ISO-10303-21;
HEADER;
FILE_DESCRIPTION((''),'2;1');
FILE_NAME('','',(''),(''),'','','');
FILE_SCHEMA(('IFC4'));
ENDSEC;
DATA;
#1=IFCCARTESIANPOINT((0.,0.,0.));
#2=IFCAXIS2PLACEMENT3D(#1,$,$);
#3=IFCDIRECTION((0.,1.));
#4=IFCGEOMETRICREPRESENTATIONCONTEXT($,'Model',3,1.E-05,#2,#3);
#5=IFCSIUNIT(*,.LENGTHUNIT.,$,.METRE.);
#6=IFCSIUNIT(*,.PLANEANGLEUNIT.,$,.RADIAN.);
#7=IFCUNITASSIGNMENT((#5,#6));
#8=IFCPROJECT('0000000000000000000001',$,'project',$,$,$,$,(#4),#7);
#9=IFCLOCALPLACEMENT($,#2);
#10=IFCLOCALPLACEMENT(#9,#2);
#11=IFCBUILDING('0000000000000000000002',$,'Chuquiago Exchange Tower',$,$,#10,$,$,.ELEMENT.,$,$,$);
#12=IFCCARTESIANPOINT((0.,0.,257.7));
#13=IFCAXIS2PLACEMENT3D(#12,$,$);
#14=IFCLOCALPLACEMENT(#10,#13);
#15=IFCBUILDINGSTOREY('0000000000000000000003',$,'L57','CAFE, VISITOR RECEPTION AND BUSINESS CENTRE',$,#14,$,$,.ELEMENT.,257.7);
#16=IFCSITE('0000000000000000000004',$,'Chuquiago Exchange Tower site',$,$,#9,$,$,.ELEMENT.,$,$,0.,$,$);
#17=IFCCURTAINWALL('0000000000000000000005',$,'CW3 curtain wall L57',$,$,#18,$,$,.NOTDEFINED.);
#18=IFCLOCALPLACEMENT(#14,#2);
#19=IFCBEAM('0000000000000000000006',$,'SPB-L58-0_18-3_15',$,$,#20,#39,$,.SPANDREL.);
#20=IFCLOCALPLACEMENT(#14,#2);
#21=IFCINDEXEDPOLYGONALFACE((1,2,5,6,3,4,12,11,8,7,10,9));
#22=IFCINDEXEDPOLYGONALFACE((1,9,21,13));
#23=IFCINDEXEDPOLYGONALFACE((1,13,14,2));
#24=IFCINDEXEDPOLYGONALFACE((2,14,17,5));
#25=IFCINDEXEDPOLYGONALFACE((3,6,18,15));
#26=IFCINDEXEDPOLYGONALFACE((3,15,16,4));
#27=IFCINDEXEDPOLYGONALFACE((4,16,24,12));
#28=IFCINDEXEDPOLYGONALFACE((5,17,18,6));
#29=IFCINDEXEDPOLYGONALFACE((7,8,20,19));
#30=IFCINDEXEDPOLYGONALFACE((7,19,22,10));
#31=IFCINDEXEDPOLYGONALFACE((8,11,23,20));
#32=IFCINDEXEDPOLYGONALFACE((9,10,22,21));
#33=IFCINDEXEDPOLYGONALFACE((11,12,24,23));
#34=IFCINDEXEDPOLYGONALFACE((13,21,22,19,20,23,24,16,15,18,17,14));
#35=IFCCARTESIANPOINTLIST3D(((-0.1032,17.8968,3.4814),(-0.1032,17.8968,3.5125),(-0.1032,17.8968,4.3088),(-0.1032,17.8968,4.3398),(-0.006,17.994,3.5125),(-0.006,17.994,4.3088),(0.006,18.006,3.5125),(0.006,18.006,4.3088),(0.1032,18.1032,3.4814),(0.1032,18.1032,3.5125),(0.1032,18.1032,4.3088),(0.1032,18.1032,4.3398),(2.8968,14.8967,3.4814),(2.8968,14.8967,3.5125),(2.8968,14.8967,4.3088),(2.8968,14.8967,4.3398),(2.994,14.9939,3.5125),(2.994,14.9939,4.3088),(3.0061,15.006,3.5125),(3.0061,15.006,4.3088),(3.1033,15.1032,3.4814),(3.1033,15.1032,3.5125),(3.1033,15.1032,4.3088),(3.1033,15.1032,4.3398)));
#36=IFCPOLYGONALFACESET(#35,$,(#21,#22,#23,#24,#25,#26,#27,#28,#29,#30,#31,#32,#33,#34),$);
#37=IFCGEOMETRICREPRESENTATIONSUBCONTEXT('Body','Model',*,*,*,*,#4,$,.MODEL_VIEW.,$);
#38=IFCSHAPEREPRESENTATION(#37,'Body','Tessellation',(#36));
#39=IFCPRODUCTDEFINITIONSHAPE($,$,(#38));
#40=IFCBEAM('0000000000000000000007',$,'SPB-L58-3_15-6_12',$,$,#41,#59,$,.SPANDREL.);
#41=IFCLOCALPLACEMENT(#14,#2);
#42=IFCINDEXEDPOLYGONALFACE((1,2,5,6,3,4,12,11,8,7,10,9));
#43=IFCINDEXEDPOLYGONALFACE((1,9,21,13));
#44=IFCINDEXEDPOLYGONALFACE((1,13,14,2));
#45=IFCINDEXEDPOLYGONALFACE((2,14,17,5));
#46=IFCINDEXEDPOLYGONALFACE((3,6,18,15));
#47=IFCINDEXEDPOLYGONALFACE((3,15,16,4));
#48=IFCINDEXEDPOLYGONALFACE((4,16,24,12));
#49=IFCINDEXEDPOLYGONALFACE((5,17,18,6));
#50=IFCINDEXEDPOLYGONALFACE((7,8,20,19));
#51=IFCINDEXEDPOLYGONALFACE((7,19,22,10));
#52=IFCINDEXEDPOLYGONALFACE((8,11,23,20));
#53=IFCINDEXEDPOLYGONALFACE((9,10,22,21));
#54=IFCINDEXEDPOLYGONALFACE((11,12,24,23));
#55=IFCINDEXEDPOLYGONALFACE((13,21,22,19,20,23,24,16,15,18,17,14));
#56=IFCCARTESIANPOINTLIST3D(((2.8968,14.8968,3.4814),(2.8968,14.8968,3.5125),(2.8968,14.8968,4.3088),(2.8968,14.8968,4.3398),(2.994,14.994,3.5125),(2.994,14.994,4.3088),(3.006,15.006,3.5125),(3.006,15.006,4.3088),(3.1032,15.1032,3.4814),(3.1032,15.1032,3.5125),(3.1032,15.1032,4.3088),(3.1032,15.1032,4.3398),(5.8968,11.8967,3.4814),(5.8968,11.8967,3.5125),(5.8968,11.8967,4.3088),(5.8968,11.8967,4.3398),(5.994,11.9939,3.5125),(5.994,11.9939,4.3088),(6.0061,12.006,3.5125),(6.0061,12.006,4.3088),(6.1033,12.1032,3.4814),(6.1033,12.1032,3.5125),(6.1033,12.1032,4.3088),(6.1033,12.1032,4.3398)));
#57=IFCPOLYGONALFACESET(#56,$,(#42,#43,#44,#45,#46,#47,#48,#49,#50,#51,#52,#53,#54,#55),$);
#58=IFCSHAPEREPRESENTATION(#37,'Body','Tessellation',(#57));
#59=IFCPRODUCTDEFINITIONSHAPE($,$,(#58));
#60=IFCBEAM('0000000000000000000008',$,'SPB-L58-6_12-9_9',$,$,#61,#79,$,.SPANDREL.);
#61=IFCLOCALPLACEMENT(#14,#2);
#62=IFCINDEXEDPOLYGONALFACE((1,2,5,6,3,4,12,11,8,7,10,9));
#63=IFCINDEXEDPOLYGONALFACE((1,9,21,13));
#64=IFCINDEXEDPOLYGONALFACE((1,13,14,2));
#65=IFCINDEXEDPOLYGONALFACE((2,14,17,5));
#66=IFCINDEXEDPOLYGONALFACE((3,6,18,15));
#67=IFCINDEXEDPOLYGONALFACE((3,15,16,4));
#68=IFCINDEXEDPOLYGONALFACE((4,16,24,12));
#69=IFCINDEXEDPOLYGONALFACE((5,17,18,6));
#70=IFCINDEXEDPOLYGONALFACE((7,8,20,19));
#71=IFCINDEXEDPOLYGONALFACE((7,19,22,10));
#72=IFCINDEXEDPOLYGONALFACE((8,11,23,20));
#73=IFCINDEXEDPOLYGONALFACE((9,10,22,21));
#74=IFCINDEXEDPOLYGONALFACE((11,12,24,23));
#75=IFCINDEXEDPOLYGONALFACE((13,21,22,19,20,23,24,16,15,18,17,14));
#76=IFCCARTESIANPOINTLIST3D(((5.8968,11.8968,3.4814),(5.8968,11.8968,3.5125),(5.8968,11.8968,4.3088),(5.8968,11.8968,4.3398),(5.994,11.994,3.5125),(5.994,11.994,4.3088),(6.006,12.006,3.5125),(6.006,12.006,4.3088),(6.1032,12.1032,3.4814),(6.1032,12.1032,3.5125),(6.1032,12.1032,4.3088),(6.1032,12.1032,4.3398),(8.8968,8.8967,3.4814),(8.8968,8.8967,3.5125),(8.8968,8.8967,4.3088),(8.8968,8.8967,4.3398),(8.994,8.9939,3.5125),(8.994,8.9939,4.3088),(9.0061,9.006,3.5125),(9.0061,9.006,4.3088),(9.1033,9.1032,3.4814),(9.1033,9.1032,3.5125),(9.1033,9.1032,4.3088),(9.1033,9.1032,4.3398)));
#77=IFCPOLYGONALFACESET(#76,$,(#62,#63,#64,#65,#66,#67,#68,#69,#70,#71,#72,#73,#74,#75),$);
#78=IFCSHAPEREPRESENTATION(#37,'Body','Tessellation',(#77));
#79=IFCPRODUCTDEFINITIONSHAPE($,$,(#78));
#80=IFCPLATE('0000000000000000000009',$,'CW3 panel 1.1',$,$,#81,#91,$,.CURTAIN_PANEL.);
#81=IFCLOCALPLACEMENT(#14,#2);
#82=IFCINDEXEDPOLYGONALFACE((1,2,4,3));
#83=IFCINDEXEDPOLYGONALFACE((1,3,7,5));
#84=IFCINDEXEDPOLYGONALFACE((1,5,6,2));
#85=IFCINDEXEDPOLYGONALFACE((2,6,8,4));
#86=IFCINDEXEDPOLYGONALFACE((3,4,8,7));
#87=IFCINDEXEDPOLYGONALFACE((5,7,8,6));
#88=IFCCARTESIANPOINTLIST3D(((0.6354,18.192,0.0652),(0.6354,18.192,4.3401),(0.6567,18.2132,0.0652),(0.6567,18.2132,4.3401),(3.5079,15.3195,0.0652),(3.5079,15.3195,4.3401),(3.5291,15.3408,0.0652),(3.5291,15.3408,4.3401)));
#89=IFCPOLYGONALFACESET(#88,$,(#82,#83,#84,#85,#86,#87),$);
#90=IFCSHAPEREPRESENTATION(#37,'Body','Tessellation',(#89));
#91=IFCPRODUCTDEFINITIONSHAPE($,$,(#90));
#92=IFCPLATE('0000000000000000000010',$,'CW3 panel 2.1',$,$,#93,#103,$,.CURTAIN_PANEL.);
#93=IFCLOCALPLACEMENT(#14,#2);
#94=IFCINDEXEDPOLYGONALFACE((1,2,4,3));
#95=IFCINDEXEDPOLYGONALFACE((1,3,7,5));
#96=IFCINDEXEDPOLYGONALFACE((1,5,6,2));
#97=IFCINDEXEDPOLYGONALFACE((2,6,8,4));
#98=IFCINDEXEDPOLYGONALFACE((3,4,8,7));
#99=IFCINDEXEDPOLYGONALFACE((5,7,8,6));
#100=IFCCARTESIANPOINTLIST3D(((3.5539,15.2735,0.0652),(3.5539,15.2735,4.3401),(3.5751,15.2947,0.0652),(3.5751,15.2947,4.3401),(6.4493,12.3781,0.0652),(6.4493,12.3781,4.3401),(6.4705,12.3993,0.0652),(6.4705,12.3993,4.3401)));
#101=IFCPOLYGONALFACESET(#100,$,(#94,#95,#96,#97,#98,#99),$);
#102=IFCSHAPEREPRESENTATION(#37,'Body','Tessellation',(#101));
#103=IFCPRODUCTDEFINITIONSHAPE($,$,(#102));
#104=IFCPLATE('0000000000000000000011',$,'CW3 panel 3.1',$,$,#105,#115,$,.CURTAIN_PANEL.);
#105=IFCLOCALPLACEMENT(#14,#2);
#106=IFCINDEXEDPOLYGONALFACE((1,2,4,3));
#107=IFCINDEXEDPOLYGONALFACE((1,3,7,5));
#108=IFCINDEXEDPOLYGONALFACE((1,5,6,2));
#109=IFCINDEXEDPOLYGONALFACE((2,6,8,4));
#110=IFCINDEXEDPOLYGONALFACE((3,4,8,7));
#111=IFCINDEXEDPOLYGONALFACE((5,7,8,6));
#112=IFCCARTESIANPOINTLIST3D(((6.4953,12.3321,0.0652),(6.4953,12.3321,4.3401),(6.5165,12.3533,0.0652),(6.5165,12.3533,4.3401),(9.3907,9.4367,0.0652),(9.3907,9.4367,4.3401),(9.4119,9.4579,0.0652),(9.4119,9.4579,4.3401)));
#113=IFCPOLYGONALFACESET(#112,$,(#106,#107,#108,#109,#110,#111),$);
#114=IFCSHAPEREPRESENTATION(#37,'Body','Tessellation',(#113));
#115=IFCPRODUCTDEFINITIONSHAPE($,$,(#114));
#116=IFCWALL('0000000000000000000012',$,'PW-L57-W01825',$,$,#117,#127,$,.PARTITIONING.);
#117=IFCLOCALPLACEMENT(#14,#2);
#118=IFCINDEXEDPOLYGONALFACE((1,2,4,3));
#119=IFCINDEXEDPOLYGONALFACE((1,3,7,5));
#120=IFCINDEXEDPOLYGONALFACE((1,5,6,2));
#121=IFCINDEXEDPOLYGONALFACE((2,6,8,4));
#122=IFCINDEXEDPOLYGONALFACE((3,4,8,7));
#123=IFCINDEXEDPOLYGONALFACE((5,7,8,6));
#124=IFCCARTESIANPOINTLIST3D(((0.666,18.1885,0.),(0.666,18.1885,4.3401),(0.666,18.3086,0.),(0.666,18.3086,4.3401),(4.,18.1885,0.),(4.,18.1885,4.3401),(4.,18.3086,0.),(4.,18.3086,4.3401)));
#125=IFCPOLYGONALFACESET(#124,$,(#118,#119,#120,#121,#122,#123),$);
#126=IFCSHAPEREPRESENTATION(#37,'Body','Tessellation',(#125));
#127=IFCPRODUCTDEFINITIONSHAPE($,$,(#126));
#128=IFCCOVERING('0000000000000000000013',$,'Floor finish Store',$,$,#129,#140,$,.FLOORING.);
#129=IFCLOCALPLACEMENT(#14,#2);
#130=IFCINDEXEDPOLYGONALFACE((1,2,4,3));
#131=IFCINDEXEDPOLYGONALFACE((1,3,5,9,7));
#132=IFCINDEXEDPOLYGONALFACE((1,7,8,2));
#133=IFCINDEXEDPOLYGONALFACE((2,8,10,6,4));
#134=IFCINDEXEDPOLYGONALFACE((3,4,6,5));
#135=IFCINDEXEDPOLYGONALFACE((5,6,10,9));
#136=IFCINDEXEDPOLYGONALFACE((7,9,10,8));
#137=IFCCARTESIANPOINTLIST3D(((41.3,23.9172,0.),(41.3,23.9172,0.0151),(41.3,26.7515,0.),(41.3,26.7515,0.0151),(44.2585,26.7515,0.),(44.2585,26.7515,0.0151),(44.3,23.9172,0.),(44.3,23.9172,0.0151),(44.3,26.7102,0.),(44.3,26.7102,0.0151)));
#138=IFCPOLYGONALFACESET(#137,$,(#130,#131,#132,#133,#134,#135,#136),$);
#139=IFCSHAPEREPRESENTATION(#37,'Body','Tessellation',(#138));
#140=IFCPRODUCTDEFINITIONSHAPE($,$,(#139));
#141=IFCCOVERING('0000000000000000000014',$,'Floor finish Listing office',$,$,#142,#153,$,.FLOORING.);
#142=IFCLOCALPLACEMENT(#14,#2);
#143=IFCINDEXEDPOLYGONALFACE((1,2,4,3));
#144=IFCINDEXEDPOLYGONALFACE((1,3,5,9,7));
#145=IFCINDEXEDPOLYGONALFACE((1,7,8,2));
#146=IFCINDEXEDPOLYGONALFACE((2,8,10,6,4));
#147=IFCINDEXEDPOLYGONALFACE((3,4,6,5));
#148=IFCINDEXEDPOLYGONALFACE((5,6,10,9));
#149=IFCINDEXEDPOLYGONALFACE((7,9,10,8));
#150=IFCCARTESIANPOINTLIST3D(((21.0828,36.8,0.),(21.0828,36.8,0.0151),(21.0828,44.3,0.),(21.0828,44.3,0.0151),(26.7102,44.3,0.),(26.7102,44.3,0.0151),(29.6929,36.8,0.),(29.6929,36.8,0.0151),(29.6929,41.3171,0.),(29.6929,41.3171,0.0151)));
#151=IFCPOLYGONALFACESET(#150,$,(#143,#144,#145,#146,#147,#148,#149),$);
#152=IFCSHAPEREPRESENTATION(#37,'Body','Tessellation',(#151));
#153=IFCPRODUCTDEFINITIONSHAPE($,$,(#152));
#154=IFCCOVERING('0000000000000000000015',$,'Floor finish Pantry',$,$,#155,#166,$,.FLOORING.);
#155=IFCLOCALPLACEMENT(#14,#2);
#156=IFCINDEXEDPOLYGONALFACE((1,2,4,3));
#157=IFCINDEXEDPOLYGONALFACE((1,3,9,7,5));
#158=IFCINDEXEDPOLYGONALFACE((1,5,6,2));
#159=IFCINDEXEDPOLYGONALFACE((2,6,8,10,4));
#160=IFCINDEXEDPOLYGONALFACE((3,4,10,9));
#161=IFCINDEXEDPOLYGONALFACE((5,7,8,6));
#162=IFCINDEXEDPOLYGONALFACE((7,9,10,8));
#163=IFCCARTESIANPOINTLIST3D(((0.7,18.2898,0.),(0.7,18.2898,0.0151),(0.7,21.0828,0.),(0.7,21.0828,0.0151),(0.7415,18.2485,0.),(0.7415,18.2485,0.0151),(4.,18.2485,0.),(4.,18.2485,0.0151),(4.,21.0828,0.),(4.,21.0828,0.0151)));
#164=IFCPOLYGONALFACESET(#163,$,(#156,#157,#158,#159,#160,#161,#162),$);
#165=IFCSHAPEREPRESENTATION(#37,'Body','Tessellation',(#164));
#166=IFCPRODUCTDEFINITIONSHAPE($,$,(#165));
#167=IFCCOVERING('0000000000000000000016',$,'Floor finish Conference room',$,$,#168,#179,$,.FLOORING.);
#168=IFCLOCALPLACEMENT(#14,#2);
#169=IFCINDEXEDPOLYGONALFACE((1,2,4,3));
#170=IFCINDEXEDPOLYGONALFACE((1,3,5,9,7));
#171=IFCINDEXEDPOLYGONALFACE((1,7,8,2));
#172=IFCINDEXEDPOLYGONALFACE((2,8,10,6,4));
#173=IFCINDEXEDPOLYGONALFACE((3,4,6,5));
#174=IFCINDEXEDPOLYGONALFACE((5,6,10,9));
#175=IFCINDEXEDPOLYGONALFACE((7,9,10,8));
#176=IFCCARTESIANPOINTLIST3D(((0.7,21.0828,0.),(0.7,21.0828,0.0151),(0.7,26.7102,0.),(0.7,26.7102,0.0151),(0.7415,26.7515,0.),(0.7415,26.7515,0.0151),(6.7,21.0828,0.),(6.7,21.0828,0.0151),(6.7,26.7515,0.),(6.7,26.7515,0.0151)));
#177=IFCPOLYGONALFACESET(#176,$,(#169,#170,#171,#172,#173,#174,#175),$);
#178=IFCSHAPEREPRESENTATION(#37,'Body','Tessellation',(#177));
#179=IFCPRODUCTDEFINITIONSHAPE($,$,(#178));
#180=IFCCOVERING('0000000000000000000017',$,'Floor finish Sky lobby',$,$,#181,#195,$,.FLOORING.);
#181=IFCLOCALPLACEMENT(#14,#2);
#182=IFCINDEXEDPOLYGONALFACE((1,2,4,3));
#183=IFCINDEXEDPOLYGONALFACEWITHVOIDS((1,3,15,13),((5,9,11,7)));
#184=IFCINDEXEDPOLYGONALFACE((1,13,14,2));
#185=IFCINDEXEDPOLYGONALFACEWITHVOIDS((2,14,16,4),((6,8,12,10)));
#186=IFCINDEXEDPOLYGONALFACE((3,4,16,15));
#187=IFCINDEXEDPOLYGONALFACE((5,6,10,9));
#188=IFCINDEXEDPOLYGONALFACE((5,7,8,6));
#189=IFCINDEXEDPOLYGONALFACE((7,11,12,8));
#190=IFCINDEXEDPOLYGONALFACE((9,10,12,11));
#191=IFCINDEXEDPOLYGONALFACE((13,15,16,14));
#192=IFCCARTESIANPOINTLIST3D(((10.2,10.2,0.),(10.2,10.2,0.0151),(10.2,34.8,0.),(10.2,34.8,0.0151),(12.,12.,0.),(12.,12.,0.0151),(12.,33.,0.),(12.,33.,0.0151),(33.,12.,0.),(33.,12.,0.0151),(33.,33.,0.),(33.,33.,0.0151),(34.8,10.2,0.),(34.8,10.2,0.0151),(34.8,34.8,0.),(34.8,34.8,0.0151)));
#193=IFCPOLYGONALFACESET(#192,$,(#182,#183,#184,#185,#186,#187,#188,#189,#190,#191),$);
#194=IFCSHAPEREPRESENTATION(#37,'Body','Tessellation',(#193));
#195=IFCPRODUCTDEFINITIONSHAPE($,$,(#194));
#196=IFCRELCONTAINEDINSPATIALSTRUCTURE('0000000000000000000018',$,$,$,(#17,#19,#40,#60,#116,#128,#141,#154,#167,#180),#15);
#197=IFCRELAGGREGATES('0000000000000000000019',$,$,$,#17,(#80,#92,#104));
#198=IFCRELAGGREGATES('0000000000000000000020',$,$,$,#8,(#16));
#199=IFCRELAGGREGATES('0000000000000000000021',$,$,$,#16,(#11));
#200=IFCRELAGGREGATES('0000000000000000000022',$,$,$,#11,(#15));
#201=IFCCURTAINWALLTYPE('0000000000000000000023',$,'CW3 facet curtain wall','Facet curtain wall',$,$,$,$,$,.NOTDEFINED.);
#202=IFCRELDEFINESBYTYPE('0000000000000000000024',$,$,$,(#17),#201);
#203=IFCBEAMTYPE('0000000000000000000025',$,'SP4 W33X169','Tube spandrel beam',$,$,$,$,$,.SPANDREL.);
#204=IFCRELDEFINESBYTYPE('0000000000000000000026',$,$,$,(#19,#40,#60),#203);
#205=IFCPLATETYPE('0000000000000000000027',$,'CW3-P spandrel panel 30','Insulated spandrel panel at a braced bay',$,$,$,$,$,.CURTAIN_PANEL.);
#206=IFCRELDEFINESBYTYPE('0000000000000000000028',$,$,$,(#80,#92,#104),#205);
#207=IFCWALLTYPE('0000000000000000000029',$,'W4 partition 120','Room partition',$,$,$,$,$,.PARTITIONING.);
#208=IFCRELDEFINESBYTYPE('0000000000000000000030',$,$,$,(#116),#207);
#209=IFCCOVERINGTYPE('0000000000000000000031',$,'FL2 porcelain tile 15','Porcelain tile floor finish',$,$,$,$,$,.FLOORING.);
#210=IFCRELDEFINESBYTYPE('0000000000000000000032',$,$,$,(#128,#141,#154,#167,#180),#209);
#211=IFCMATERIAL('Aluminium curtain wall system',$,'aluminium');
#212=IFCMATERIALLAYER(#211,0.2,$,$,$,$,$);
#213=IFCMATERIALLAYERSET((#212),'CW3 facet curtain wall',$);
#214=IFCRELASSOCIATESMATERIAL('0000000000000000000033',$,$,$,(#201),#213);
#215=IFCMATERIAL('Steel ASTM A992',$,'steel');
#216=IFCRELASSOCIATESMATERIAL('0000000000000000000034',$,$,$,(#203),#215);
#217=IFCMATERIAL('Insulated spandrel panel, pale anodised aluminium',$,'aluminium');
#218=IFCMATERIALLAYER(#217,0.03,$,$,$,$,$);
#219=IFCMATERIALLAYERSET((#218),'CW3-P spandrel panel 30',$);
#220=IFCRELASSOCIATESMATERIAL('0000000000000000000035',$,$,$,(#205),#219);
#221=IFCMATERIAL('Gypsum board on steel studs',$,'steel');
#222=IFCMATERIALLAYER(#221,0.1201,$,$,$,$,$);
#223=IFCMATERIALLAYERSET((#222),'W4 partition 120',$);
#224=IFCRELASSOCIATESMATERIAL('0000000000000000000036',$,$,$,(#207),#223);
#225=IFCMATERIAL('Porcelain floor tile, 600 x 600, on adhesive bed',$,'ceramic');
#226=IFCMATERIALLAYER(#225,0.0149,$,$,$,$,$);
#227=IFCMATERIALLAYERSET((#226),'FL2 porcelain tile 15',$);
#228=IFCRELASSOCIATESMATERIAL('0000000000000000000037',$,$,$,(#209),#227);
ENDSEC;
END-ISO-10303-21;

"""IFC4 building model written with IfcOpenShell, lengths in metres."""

from ifc_helpers import new_model, si_unit, direction, frame, frame_2d, origin, origin_2d, place, context, subcontext, project, spatial, polyline, rectangle, i_section, outline, extrude, material, layer, layer_set, material_profile, profile_set, type_object, element, aggregate, save


model = new_model("IFC4")

# Units and contexts
model_context = context("Model", 3, precision=1e-05, world=origin(), true_north=direction((0.0, 1.0)))
body_context = subcontext(model_context, "Body", "Model", "MODEL_VIEW")
ifc_project = project(units=[si_unit("LENGTHUNIT", "METRE"), si_unit("PLANEANGLEUNIT", "RADIAN")], contexts=[model_context])

# Site, building, storey
site_placement = place(None, origin())
site = spatial("IfcSite", under=ifc_project, at=site_placement, Name="Chuquiago Exchange Tower site", CompositionType="ELEMENT", RefElevation=0.0)
building_placement = place(site_placement, origin())
building = spatial("IfcBuilding", under=site, at=building_placement, Name="Chuquiago Exchange Tower", CompositionType="ELEMENT")
storey_placement = place(building_placement, frame((0.0, 0.0, 257.7)))
storey = spatial("IfcBuildingStorey", under=building, at=storey_placement, Name="L57", Description="CAFE, VISITOR RECEPTION AND BUSINESS CENTRE", CompositionType="ELEMENT", Elevation=257.7)

# Curtain wall
ifc_material_1 = material(Name="Aluminium curtain wall system", Category="aluminium")
ifc_layer_1 = layer(ifc_material_1, 0.2)
ifc_layer_set_1 = layer_set([ifc_layer_1], Name="CW3 facet curtain wall")
curtain_wall_type = type_object("IfcCurtainWallType", Name="CW3 facet curtain wall", Description="Facet curtain wall", PredefinedType="NOTDEFINED", material=ifc_layer_set_1)
curtain_wall_placement = place(storey_placement, origin())
curtain_wall = element("IfcCurtainWall", 1, at=curtain_wall_placement, inside=storey, type_object=curtain_wall_type, Name="CW3 curtain wall L57", PredefinedType="NOTDEFINED")

# Beams
ifc_material_2 = material(Name="Steel ASTM A992", Category="steel")
ifc_material_profile_1 = material_profile(ifc_material_2, i_section(OverallWidth=0.292, OverallDepth=0.8584, WebThickness=0.0171, FlangeThickness=0.031, at=origin_2d()), Name="W33X169")
ifc_profile_set_1 = profile_set([ifc_material_profile_1], Name="Steel ASTM A992")
beam_type = type_object("IfcBeamType", Name="SP4 W33X169", Description="Tube spandrel beam", PredefinedType="SPANDREL", material=ifc_profile_set_1)
for number, where, z_axis, x_axis, name in (
    (2, (0.0, 18.0, 3.9106), (0.707107, -0.707107, 0.0), (0.707107, 0.707107, 0.0), "SPB-L58-0_18-3_15"),
    (3, (3.0, 15.0, 3.9106), (0.707107, -0.707107, 0.0), (0.707107, 0.707107, 0.0), "SPB-L58-3_15-6_12"),
    (4, (6.0, 12.0, 3.9106), (0.707107, -0.707107, 0.0), (0.707107, 0.707107, 0.0), "SPB-L58-6_12-9_9"),
):
    element("IfcBeam", number, at=place(storey_placement, frame(where, z_axis=z_axis, x_axis=x_axis)), inside=storey, type_object=beam_type, Name=name, PredefinedType="SPANDREL", context=body_context, shape_type="SweptSolid", body=[
        extrude(i_section(OverallWidth=0.292, OverallDepth=0.8584, WebThickness=0.0171, FlangeThickness=0.031, at=origin_2d()), origin(), (0.0, 0.0, 1.0), 4.2427),
    ])

# Plates
ifc_material_3 = material(Name="Insulated spandrel panel, pale anodised aluminium", Category="aluminium")
ifc_layer_2 = layer(ifc_material_3, 0.03)
ifc_layer_set_2 = layer_set([ifc_layer_2], Name="CW3-P spandrel panel 30")
plate_type = type_object("IfcPlateType", Name="CW3-P spandrel panel 30", Description="Insulated spandrel panel at a braced bay", PredefinedType="CURTAIN_PANEL", material=ifc_layer_set_2)
plate_1_placement = place(storey_placement, frame((2.0823, 16.7664, 0.0652), z_axis=(0.0, 0.0, 1.0), x_axis=(0.707107, -0.707107, 0.0)))
plate_1 = element("IfcPlate", 5, at=plate_1_placement, type_object=plate_type, Name="CW3 panel 1.1", PredefinedType="CURTAIN_PANEL", context=body_context, shape_type="SweptSolid", body=[
    extrude(rectangle(XDim=4.0623, YDim=0.03, at=origin_2d()), origin(), (0.0, 0.0, 1.0), 4.2749),
])
plate_2_placement = place(storey_placement, frame((5.0122, 13.8364, 0.0652), z_axis=(0.0, 0.0, 1.0), x_axis=(0.707107, -0.707107, 0.0)))
plate_2 = element("IfcPlate", 6, at=plate_2_placement, type_object=plate_type, Name="CW3 panel 2.1", PredefinedType="CURTAIN_PANEL", context=body_context, shape_type="SweptSolid", body=[
    extrude(rectangle(XDim=4.0947, YDim=0.03, at=origin_2d()), origin(), (0.0, 0.0, 1.0), 4.2749),
])
plate_3_placement = place(storey_placement, frame((7.9536, 10.895, 0.0652), z_axis=(0.0, 0.0, 1.0), x_axis=(0.707107, -0.707107, 0.0)))
plate_3 = element("IfcPlate", 7, at=plate_3_placement, type_object=plate_type, Name="CW3 panel 3.1", PredefinedType="CURTAIN_PANEL", context=body_context, shape_type="SweptSolid", body=[
    extrude(rectangle(XDim=4.0947, YDim=0.03, at=origin_2d()), origin(), (0.0, 0.0, 1.0), 4.2749),
])
aggregate(curtain_wall, [plate_1, plate_2, plate_3])

# Wall
ifc_material_4 = material(Name="Gypsum board on steel studs", Category="steel")
ifc_layer_3 = layer(ifc_material_4, 0.1201)
ifc_layer_set_3 = layer_set([ifc_layer_3], Name="W4 partition 120")
wall_type = type_object("IfcWallType", Name="W4 partition 120", Description="Room partition", PredefinedType="PARTITIONING", material=ifc_layer_set_3)
wall_1_placement = place(storey_placement, frame((0.666, 18.2485, 0.0), z_axis=(0.0, 0.0, 1.0), x_axis=(1.0, 0.0, 0.0)))
element("IfcWall", 8, at=wall_1_placement, inside=storey, type_object=wall_type, Name="PW-L57-W01825", PredefinedType="PARTITIONING", context=body_context, shape_type="SweptSolid", body=[
    extrude(rectangle(XDim=3.334, YDim=0.1201, at=frame_2d((1.667, 0.0))), origin(), (0.0, 0.0, 1.0), 4.3401),
])

# Coverings
ifc_material_5 = material(Name="Porcelain floor tile, 600 x 600, on adhesive bed", Category="ceramic")
ifc_layer_4 = layer(ifc_material_5, 0.0149)
ifc_layer_set_4 = layer_set([ifc_layer_4], Name="FL2 porcelain tile 15")
covering_type = type_object("IfcCoveringType", Name="FL2 porcelain tile 15", Description="Porcelain tile floor finish", PredefinedType="FLOORING", material=ifc_layer_set_4)
covering_1_placement = place(storey_placement, origin())
element("IfcCovering", 9, at=covering_1_placement, inside=storey, type_object=covering_type, Name="Floor finish Store", PredefinedType="FLOORING", context=body_context, shape_type="SweptSolid", body=[
    extrude(outline(polyline([(44.3, 26.7102), (44.3, 23.9172), (41.3, 23.9172), (41.3, 26.7515), (44.2585, 26.7515), (44.3, 26.7102)])), origin(), (0.0, 0.0, 1.0), 0.0151),
])
covering_2_placement = place(storey_placement, origin())
element("IfcCovering", 10, at=covering_2_placement, inside=storey, type_object=covering_type, Name="Floor finish Listing office", PredefinedType="FLOORING", context=body_context, shape_type="SweptSolid", body=[
    extrude(outline(polyline([(26.7102, 44.3), (29.6929, 41.3171), (29.6929, 36.8), (21.0828, 36.8), (21.0828, 44.3), (26.7102, 44.3)])), origin(), (0.0, 0.0, 1.0), 0.0151),
])
covering_3_placement = place(storey_placement, origin())
element("IfcCovering", 11, at=covering_3_placement, inside=storey, type_object=covering_type, Name="Floor finish Pantry", PredefinedType="FLOORING", context=body_context, shape_type="SweptSolid", body=[
    extrude(outline(polyline([(0.7, 21.0828), (4.0, 21.0828), (4.0, 18.2485), (0.7415, 18.2485), (0.7, 18.2898), (0.7, 21.0828)])), origin(), (0.0, 0.0, 1.0), 0.0151),
])
covering_4_placement = place(storey_placement, origin())
element("IfcCovering", 12, at=covering_4_placement, inside=storey, type_object=covering_type, Name="Floor finish Conference room", PredefinedType="FLOORING", context=body_context, shape_type="SweptSolid", body=[
    extrude(outline(polyline([(0.7, 26.7102), (0.7415, 26.7515), (6.7, 26.7515), (6.7, 21.0828), (0.7, 21.0828), (0.7, 26.7102)])), origin(), (0.0, 0.0, 1.0), 0.0151),
])
covering_5_placement = place(storey_placement, origin())
element("IfcCovering", 13, at=covering_5_placement, inside=storey, type_object=covering_type, Name="Floor finish Sky lobby", PredefinedType="FLOORING", context=body_context, shape_type="SweptSolid", body=[
    extrude(outline(polyline([(10.2, 10.2), (10.2, 34.8), (34.8, 34.8), (34.8, 10.2), (10.2, 10.2)]), holes=[polyline([(12.0, 12.0), (33.0, 12.0), (33.0, 33.0), (12.0, 33.0), (12.0, 12.0)])]), origin(), (0.0, 0.0, 1.0), 0.0151),
])

save(model, "model.ifc")
